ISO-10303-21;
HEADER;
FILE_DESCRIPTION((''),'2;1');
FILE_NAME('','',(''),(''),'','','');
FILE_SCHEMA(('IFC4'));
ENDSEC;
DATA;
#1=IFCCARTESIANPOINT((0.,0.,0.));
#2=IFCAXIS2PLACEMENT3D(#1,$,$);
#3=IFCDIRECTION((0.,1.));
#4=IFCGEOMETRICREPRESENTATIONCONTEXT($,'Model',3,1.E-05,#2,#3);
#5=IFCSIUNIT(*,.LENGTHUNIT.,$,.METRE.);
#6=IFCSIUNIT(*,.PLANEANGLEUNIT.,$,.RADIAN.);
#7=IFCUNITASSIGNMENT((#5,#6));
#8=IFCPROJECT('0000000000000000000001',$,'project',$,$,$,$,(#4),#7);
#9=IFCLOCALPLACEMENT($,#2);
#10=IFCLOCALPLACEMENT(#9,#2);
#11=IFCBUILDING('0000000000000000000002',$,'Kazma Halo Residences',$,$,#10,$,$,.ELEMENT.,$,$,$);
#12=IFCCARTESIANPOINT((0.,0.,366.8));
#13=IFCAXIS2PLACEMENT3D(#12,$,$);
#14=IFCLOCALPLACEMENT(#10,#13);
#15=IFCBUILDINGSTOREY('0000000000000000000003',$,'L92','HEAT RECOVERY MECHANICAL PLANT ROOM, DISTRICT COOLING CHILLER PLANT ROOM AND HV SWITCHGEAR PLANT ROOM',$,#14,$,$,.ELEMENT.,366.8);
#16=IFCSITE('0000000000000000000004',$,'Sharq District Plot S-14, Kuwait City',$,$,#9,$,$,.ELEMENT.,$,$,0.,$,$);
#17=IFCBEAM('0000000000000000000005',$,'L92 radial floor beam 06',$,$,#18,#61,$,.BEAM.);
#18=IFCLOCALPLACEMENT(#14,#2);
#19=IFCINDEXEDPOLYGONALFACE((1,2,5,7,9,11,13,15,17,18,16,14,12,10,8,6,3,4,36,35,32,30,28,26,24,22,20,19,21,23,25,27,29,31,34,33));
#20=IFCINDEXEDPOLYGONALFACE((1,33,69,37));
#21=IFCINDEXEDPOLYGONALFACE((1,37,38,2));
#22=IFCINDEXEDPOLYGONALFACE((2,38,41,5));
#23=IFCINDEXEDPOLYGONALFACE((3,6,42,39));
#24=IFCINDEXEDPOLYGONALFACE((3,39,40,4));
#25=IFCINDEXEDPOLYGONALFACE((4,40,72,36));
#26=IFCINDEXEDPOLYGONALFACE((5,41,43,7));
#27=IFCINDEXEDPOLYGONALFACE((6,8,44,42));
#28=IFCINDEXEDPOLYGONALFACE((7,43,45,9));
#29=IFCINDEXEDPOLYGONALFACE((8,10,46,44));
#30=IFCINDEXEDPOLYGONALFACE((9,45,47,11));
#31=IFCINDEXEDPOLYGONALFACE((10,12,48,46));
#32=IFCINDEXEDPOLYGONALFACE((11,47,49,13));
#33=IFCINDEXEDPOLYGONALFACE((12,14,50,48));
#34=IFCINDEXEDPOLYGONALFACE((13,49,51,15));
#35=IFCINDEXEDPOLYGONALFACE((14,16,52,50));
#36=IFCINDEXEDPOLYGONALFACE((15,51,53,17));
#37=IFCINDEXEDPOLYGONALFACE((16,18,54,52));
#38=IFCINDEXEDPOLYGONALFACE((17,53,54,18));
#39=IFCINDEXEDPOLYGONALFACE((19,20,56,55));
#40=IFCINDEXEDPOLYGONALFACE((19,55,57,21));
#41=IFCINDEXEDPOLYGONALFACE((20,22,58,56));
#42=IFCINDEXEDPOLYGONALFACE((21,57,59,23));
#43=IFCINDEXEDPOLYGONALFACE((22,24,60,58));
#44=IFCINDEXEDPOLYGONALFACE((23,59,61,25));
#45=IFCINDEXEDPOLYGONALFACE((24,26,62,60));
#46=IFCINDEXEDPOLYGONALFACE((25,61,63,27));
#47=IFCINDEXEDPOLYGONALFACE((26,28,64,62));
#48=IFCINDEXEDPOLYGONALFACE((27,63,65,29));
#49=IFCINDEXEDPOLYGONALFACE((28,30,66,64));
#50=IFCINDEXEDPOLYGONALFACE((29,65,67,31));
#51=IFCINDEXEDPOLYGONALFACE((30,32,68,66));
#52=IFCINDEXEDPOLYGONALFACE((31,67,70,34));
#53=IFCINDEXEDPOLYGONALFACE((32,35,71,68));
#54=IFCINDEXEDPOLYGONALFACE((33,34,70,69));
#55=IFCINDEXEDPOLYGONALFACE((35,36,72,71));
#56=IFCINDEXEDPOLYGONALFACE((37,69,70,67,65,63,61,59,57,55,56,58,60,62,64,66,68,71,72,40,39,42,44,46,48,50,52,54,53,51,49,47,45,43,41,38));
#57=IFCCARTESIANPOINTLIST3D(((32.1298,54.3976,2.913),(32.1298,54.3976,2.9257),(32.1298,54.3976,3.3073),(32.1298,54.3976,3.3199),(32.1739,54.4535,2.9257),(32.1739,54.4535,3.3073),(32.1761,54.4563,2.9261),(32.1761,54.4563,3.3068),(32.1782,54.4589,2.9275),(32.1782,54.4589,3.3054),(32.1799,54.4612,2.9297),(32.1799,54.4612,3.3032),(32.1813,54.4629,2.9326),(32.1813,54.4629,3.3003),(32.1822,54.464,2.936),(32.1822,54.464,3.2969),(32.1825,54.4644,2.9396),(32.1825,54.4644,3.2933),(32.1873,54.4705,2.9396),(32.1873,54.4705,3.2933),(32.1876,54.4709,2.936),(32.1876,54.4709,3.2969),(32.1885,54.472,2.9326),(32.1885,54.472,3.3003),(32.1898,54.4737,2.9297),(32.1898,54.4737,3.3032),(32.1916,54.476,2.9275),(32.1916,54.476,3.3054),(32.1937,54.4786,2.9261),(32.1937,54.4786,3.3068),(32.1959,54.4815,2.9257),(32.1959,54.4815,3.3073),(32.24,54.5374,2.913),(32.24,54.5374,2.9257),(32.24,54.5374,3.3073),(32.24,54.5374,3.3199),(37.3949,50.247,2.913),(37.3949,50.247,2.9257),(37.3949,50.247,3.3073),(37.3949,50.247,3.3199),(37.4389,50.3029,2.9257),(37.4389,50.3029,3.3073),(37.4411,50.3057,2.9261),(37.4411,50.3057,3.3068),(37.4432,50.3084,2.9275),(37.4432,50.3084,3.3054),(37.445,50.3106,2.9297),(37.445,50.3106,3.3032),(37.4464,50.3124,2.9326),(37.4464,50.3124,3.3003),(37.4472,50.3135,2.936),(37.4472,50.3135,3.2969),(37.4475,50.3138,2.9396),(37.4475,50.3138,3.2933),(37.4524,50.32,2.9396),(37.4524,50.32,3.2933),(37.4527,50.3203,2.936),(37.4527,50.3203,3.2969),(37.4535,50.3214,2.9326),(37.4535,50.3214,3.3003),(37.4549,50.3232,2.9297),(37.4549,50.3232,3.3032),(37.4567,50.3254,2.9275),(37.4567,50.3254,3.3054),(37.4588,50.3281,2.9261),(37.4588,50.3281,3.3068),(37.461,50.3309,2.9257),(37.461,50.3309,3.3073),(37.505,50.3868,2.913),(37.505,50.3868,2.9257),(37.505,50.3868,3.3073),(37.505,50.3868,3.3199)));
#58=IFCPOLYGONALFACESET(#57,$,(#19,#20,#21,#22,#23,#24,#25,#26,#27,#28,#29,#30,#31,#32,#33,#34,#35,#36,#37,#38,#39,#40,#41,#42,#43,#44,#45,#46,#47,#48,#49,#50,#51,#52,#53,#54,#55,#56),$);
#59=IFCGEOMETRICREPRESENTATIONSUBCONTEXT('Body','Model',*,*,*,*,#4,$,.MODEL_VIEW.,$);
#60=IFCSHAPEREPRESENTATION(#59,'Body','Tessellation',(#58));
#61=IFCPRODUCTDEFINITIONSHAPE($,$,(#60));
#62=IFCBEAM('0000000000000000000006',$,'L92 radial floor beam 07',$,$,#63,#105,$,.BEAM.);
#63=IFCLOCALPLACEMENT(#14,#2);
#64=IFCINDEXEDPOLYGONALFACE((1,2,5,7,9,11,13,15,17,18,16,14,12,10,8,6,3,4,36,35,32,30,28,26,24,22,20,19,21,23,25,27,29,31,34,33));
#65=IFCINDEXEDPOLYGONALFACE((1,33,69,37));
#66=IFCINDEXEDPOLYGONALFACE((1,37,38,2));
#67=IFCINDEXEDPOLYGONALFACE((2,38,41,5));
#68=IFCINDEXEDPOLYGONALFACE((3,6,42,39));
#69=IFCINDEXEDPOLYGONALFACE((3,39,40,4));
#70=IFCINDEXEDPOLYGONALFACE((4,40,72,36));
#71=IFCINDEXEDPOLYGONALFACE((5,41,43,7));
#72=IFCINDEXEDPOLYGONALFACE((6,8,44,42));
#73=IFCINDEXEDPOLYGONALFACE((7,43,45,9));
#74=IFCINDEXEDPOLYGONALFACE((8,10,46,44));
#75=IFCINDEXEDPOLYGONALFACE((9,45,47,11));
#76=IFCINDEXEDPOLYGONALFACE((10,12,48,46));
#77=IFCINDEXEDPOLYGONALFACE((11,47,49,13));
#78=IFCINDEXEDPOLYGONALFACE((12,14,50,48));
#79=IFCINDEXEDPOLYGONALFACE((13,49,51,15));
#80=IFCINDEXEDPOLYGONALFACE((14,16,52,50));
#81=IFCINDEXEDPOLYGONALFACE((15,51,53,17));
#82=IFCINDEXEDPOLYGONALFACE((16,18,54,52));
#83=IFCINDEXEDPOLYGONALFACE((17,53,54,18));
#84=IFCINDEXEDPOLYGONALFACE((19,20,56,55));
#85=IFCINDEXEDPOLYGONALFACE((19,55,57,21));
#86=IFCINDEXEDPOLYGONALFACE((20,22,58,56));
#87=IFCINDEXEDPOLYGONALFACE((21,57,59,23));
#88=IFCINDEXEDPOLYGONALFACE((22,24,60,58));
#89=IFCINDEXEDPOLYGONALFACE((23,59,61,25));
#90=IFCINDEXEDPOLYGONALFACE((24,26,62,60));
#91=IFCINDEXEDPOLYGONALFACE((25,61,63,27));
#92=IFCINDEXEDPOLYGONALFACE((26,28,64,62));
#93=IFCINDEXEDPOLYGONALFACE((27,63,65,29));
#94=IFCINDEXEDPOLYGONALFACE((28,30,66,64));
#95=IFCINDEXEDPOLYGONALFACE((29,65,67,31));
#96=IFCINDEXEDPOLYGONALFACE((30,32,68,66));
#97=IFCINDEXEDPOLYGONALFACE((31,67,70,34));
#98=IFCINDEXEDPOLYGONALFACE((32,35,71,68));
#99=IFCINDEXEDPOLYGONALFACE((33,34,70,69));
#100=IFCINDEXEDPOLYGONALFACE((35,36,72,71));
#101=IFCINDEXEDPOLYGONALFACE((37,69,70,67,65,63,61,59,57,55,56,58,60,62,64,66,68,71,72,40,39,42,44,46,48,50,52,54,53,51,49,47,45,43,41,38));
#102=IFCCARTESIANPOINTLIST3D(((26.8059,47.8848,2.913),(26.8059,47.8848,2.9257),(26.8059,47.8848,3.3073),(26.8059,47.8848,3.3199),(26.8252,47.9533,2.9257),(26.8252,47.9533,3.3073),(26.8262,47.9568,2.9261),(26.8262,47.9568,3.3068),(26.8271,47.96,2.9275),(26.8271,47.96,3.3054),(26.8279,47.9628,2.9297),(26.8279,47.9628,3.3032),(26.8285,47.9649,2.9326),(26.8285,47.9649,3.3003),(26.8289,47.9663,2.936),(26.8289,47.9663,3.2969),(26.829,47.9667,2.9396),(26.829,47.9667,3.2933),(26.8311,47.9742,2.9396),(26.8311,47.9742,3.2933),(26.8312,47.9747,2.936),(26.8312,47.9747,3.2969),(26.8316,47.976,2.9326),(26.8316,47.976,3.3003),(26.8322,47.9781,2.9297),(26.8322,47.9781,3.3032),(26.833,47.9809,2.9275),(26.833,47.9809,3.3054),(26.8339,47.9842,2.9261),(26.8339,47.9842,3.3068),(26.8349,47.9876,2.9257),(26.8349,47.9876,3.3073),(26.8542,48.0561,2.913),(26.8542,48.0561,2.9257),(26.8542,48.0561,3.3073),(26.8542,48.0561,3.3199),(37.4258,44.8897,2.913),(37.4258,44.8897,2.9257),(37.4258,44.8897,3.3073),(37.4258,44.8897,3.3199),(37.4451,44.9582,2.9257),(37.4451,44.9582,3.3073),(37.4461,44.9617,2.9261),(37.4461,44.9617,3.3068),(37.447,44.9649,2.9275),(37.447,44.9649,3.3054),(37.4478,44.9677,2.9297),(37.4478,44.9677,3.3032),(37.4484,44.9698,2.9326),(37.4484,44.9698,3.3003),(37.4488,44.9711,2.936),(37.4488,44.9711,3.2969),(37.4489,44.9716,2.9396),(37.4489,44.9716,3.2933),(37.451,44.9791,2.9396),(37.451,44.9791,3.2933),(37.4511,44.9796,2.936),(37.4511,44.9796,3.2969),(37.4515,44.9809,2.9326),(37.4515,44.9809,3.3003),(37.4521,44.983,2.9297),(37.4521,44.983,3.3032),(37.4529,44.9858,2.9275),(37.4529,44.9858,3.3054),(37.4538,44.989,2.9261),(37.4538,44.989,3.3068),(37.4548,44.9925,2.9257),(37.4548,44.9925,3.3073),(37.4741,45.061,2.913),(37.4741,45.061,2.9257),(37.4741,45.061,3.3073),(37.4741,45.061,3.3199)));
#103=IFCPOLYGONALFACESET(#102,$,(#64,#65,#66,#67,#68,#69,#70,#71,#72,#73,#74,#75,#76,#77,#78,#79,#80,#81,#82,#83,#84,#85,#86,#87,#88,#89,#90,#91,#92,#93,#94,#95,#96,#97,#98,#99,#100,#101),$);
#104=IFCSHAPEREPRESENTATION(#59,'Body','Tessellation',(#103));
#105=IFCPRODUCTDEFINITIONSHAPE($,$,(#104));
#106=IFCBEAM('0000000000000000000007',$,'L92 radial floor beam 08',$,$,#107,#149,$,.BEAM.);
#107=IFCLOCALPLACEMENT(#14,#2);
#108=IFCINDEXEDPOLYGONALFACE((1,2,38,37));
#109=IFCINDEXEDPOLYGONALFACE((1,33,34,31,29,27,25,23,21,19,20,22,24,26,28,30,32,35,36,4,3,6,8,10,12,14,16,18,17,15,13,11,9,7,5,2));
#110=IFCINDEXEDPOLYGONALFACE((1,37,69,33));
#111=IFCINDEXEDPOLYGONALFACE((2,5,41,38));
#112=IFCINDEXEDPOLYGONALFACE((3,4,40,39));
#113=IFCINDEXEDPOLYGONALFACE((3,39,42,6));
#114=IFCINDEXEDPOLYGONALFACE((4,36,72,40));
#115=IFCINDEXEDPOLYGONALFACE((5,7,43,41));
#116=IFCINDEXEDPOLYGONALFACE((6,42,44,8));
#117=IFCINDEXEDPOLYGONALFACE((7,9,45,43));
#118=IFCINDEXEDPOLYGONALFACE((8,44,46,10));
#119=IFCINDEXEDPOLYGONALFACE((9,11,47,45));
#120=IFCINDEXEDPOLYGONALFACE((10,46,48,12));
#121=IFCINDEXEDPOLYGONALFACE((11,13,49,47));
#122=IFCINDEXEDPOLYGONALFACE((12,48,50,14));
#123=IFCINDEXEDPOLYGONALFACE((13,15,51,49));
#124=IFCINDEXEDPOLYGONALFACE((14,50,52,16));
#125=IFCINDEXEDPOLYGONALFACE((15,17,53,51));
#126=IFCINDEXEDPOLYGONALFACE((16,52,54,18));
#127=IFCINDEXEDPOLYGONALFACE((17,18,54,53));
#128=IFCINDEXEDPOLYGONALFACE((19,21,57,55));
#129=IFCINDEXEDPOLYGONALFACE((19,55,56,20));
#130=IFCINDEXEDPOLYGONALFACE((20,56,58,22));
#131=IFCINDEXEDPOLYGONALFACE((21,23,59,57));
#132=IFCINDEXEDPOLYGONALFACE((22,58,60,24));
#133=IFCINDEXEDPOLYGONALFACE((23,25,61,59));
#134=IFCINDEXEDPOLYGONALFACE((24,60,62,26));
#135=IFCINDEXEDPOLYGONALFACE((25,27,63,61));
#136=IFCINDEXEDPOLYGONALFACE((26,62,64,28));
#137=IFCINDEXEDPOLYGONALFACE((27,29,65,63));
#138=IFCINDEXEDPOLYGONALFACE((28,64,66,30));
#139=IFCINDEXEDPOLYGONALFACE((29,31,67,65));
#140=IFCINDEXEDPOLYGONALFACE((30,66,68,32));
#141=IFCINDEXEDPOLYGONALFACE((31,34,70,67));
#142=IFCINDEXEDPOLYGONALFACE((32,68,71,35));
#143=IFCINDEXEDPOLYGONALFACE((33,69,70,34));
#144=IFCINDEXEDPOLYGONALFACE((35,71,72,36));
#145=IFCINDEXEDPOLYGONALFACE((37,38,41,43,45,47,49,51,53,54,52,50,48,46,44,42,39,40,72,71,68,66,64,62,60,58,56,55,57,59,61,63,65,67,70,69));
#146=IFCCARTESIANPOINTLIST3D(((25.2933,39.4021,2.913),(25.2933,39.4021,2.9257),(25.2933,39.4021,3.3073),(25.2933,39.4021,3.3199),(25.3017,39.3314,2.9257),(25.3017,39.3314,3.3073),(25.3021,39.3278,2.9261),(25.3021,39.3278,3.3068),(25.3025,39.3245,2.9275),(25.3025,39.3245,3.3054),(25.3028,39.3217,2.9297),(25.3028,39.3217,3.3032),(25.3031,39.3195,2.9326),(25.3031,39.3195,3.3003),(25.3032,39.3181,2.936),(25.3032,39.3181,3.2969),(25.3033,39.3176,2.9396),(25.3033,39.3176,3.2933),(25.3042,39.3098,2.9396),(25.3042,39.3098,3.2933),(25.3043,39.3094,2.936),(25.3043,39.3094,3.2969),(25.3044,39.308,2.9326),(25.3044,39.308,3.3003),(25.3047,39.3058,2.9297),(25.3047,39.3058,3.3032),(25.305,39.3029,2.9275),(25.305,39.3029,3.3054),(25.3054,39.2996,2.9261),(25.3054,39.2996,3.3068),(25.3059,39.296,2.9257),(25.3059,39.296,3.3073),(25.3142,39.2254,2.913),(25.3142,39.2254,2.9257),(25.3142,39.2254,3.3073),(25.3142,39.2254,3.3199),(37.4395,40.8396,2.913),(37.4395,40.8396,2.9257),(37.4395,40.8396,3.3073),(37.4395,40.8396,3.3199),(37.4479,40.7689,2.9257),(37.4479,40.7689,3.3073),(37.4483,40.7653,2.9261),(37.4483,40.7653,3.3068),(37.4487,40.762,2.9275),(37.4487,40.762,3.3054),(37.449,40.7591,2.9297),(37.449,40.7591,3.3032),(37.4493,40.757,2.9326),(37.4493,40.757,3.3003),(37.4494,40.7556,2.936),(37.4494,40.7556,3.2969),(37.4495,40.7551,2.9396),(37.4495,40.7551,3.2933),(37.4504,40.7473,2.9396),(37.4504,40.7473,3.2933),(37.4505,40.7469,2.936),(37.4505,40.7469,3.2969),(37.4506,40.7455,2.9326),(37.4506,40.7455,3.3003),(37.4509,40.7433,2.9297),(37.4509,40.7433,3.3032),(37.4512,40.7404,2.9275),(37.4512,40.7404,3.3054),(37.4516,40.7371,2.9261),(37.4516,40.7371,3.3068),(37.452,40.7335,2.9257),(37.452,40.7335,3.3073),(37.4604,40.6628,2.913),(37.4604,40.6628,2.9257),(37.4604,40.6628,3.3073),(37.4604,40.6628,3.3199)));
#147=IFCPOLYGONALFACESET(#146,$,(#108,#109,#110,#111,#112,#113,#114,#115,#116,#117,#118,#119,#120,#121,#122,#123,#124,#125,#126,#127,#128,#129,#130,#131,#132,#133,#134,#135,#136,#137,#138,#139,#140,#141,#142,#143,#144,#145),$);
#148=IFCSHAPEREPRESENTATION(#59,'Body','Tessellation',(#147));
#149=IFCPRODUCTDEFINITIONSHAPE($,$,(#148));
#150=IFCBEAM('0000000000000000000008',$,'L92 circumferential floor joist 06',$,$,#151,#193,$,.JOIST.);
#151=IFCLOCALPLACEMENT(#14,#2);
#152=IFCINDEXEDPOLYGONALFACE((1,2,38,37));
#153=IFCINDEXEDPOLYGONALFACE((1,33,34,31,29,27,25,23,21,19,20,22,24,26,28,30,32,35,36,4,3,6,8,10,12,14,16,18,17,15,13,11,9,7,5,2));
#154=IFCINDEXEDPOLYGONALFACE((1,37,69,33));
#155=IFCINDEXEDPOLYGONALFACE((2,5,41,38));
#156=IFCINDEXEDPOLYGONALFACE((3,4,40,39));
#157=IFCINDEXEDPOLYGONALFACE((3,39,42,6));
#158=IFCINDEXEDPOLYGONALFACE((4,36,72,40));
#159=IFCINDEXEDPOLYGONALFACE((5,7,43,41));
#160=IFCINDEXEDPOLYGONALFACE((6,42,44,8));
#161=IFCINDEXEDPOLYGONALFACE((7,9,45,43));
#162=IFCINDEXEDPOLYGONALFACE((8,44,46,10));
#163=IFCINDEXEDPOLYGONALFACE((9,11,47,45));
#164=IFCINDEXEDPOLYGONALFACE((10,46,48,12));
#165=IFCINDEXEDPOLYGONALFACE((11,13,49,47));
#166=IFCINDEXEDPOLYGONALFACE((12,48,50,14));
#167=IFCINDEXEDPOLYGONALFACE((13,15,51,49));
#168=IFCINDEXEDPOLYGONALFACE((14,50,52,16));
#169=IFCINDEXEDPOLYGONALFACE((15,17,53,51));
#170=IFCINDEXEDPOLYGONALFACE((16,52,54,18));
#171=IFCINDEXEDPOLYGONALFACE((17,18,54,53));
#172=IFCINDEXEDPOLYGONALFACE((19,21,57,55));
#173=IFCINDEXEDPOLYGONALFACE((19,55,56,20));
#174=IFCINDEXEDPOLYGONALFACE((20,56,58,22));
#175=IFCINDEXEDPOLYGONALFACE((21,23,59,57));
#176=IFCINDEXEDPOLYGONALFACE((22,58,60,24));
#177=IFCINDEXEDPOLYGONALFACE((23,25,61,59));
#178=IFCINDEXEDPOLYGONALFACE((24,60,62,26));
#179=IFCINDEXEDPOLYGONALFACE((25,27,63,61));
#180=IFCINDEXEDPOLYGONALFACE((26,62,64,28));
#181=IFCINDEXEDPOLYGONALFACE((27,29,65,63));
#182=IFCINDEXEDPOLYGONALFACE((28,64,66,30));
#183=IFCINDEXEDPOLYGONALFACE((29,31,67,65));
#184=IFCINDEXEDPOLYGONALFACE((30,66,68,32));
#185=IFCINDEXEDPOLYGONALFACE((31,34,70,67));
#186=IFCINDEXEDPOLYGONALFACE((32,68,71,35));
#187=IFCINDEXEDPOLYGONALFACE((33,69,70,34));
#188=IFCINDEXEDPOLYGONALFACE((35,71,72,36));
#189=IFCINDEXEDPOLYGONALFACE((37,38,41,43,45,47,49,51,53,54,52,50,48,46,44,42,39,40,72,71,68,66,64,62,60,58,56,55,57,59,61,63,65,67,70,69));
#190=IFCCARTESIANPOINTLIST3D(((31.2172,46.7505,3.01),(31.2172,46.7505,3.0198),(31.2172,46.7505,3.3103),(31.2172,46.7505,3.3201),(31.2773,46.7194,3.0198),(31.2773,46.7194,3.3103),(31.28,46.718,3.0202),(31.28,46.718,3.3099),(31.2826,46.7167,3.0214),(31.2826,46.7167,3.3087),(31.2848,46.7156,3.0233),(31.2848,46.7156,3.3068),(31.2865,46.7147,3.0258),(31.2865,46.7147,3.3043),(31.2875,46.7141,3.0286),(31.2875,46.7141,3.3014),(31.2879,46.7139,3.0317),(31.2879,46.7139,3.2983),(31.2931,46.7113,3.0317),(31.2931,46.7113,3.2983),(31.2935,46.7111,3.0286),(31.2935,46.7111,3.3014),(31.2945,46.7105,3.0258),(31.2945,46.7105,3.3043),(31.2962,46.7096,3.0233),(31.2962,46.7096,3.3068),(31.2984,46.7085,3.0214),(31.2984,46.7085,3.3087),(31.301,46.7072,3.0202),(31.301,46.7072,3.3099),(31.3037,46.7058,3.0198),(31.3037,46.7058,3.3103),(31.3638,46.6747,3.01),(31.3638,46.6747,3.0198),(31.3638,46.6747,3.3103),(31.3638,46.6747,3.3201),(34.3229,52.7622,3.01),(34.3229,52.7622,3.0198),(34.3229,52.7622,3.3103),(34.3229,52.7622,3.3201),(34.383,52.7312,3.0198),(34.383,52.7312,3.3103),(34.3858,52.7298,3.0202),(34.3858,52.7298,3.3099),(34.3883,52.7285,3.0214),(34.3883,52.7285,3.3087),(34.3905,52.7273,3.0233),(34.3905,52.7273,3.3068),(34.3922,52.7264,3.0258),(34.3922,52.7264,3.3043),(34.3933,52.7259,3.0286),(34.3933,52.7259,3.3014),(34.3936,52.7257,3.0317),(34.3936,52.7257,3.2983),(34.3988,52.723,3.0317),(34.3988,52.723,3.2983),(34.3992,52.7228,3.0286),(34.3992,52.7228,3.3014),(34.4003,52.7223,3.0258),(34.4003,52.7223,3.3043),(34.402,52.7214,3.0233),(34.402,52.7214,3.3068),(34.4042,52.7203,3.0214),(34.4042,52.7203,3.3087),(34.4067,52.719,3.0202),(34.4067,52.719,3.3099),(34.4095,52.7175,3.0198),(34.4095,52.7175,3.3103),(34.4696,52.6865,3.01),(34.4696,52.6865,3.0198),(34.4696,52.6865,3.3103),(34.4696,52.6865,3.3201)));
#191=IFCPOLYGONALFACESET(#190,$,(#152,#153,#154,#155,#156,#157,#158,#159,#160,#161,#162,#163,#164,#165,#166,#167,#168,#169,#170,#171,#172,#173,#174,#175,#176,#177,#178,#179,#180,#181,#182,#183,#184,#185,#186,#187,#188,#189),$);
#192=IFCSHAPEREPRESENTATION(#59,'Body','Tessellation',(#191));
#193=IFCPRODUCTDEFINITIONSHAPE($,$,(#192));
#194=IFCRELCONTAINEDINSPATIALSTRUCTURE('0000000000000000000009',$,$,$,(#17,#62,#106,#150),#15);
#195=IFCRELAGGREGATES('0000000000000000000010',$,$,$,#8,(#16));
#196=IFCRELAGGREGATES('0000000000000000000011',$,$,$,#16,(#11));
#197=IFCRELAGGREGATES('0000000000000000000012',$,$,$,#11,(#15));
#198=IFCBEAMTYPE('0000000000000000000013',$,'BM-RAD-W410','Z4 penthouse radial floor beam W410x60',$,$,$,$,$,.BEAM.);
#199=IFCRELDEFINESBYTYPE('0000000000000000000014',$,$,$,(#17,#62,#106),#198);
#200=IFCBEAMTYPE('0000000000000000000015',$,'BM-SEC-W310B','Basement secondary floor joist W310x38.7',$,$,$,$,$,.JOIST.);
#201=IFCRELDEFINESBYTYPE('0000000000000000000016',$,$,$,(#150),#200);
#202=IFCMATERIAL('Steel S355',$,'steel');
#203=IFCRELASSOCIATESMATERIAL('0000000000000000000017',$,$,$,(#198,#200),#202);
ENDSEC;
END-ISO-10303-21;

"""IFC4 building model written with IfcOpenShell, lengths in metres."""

from ifc_helpers import new_model, si_unit, direction, frame, origin, origin_2d, place, context, subcontext, project, spatial, i_section, extrude, material, material_profile, profile_set, type_object, element, save


model = new_model("IFC4")

# Units and contexts
model_context = context("Model", 3, precision=1e-05, world=origin(), true_north=direction((0.0, 1.0)))
body_context = subcontext(model_context, "Body", "Model", "MODEL_VIEW")
ifc_project = project(units=[si_unit("LENGTHUNIT", "METRE"), si_unit("PLANEANGLEUNIT", "RADIAN")], contexts=[model_context])

# Site, building, storey
site_placement = place(None, origin())
site = spatial("IfcSite", under=ifc_project, at=site_placement, Name="Sharq District Plot S-14, Kuwait City", CompositionType="ELEMENT", RefElevation=0.0)
building_placement = place(site_placement, origin())
building = spatial("IfcBuilding", under=site, at=building_placement, Name="Kazma Halo Residences", CompositionType="ELEMENT")
storey_placement = place(building_placement, frame((0.0, 0.0, 366.8)))
storey = spatial("IfcBuildingStorey", under=building, at=storey_placement, Name="L92", Description="HEAT RECOVERY MECHANICAL PLANT ROOM, DISTRICT COOLING CHILLER PLANT ROOM AND HV SWITCHGEAR PLANT ROOM", CompositionType="ELEMENT", Elevation=366.8)

# Shared definitions
ifc_material_1 = material(Name="Steel S355", Category="steel")

# Beams
ifc_material_profile_1 = material_profile(ifc_material_1, i_section(OverallWidth=0.178, OverallDepth=0.407, WebThickness=0.0078, FlangeThickness=0.0127, FilletRadius=0.0139, at=origin_2d()), Name="W410x60")
ifc_profile_set_1 = profile_set([ifc_material_profile_1], Name="Steel S355")
beam_type_1 = type_object("IfcBeamType", Name="BM-RAD-W410", Description="Z4 penthouse radial floor beam W410x60", PredefinedType="BEAM", material=ifc_profile_set_1)
beam_1_placement = place(storey_placement, frame((37.45, 50.3169, 3.1165), z_axis=(-0.785322, 0.619088, 0.0), x_axis=(-0.619088, -0.785322, 0.0)))
element("IfcBeam", 1, at=beam_1_placement, inside=storey, type_object=beam_type_1, Name="L92 radial floor beam 06", PredefinedType="BEAM", context=body_context, shape_type="SweptSolid", body=[
    extrude(i_section(OverallWidth=0.178, OverallDepth=0.407, WebThickness=0.0078, FlangeThickness=0.0127, FilletRadius=0.0139, at=origin_2d()), origin(), (0.0, 0.0, 1.0), 6.7043),
])
beam_2_placement = place(storey_placement, frame((37.45, 44.9753, 3.1165), z_axis=(-0.962455, 0.271441, 0.0), x_axis=(-0.271441, -0.962455, 0.0)))
element("IfcBeam", 2, at=beam_2_placement, inside=storey, type_object=beam_type_1, Name="L92 radial floor beam 07", PredefinedType="BEAM", context=body_context, shape_type="SweptSolid", body=[
    extrude(i_section(OverallWidth=0.178, OverallDepth=0.407, WebThickness=0.0078, FlangeThickness=0.0127, FilletRadius=0.0139, at=origin_2d()), origin(), (0.0, 0.0, 1.0), 11.0342),
])
beam_3_placement = place(storey_placement, frame((37.45, 40.7512, 3.1165), z_axis=(-0.993069, -0.117529, 0.0), x_axis=(0.117529, -0.993069, 0.0)))
element("IfcBeam", 3, at=beam_3_placement, inside=storey, type_object=beam_type_1, Name="L92 radial floor beam 08", PredefinedType="BEAM", context=body_context, shape_type="SweptSolid", body=[
    extrude(i_section(OverallWidth=0.178, OverallDepth=0.407, WebThickness=0.0078, FlangeThickness=0.0127, FilletRadius=0.0139, at=origin_2d()), origin(), (0.0, 0.0, 1.0), 12.231),
])
ifc_material_profile_2 = material_profile(ifc_material_1, i_section(OverallWidth=0.165, OverallDepth=0.3101, WebThickness=0.0059, FlangeThickness=0.0098, FilletRadius=0.012, at=origin_2d()), Name="W310x38.7")
ifc_profile_set_2 = profile_set([ifc_material_profile_2], Name="Steel S355")
beam_type_2 = type_object("IfcBeamType", Name="BM-SEC-W310B", Description="Basement secondary floor joist W310x38.7", PredefinedType="JOIST", material=ifc_profile_set_2)
beam_4_placement = place(storey_placement, frame((34.3962, 52.7244, 3.165), z_axis=(-0.45898, -0.888447, 0.0), x_axis=(0.888447, -0.45898, 0.0)))
element("IfcBeam", 4, at=beam_4_placement, inside=storey, type_object=beam_type_2, Name="L92 circumferential floor joist 06", PredefinedType="JOIST", context=body_context, shape_type="SweptSolid", body=[
    extrude(i_section(OverallWidth=0.165, OverallDepth=0.3101, WebThickness=0.0059, FlangeThickness=0.0098, FilletRadius=0.012, at=origin_2d()), origin(), (0.0, 0.0, 1.0), 6.7666),
])

save(model, "model.ifc")
